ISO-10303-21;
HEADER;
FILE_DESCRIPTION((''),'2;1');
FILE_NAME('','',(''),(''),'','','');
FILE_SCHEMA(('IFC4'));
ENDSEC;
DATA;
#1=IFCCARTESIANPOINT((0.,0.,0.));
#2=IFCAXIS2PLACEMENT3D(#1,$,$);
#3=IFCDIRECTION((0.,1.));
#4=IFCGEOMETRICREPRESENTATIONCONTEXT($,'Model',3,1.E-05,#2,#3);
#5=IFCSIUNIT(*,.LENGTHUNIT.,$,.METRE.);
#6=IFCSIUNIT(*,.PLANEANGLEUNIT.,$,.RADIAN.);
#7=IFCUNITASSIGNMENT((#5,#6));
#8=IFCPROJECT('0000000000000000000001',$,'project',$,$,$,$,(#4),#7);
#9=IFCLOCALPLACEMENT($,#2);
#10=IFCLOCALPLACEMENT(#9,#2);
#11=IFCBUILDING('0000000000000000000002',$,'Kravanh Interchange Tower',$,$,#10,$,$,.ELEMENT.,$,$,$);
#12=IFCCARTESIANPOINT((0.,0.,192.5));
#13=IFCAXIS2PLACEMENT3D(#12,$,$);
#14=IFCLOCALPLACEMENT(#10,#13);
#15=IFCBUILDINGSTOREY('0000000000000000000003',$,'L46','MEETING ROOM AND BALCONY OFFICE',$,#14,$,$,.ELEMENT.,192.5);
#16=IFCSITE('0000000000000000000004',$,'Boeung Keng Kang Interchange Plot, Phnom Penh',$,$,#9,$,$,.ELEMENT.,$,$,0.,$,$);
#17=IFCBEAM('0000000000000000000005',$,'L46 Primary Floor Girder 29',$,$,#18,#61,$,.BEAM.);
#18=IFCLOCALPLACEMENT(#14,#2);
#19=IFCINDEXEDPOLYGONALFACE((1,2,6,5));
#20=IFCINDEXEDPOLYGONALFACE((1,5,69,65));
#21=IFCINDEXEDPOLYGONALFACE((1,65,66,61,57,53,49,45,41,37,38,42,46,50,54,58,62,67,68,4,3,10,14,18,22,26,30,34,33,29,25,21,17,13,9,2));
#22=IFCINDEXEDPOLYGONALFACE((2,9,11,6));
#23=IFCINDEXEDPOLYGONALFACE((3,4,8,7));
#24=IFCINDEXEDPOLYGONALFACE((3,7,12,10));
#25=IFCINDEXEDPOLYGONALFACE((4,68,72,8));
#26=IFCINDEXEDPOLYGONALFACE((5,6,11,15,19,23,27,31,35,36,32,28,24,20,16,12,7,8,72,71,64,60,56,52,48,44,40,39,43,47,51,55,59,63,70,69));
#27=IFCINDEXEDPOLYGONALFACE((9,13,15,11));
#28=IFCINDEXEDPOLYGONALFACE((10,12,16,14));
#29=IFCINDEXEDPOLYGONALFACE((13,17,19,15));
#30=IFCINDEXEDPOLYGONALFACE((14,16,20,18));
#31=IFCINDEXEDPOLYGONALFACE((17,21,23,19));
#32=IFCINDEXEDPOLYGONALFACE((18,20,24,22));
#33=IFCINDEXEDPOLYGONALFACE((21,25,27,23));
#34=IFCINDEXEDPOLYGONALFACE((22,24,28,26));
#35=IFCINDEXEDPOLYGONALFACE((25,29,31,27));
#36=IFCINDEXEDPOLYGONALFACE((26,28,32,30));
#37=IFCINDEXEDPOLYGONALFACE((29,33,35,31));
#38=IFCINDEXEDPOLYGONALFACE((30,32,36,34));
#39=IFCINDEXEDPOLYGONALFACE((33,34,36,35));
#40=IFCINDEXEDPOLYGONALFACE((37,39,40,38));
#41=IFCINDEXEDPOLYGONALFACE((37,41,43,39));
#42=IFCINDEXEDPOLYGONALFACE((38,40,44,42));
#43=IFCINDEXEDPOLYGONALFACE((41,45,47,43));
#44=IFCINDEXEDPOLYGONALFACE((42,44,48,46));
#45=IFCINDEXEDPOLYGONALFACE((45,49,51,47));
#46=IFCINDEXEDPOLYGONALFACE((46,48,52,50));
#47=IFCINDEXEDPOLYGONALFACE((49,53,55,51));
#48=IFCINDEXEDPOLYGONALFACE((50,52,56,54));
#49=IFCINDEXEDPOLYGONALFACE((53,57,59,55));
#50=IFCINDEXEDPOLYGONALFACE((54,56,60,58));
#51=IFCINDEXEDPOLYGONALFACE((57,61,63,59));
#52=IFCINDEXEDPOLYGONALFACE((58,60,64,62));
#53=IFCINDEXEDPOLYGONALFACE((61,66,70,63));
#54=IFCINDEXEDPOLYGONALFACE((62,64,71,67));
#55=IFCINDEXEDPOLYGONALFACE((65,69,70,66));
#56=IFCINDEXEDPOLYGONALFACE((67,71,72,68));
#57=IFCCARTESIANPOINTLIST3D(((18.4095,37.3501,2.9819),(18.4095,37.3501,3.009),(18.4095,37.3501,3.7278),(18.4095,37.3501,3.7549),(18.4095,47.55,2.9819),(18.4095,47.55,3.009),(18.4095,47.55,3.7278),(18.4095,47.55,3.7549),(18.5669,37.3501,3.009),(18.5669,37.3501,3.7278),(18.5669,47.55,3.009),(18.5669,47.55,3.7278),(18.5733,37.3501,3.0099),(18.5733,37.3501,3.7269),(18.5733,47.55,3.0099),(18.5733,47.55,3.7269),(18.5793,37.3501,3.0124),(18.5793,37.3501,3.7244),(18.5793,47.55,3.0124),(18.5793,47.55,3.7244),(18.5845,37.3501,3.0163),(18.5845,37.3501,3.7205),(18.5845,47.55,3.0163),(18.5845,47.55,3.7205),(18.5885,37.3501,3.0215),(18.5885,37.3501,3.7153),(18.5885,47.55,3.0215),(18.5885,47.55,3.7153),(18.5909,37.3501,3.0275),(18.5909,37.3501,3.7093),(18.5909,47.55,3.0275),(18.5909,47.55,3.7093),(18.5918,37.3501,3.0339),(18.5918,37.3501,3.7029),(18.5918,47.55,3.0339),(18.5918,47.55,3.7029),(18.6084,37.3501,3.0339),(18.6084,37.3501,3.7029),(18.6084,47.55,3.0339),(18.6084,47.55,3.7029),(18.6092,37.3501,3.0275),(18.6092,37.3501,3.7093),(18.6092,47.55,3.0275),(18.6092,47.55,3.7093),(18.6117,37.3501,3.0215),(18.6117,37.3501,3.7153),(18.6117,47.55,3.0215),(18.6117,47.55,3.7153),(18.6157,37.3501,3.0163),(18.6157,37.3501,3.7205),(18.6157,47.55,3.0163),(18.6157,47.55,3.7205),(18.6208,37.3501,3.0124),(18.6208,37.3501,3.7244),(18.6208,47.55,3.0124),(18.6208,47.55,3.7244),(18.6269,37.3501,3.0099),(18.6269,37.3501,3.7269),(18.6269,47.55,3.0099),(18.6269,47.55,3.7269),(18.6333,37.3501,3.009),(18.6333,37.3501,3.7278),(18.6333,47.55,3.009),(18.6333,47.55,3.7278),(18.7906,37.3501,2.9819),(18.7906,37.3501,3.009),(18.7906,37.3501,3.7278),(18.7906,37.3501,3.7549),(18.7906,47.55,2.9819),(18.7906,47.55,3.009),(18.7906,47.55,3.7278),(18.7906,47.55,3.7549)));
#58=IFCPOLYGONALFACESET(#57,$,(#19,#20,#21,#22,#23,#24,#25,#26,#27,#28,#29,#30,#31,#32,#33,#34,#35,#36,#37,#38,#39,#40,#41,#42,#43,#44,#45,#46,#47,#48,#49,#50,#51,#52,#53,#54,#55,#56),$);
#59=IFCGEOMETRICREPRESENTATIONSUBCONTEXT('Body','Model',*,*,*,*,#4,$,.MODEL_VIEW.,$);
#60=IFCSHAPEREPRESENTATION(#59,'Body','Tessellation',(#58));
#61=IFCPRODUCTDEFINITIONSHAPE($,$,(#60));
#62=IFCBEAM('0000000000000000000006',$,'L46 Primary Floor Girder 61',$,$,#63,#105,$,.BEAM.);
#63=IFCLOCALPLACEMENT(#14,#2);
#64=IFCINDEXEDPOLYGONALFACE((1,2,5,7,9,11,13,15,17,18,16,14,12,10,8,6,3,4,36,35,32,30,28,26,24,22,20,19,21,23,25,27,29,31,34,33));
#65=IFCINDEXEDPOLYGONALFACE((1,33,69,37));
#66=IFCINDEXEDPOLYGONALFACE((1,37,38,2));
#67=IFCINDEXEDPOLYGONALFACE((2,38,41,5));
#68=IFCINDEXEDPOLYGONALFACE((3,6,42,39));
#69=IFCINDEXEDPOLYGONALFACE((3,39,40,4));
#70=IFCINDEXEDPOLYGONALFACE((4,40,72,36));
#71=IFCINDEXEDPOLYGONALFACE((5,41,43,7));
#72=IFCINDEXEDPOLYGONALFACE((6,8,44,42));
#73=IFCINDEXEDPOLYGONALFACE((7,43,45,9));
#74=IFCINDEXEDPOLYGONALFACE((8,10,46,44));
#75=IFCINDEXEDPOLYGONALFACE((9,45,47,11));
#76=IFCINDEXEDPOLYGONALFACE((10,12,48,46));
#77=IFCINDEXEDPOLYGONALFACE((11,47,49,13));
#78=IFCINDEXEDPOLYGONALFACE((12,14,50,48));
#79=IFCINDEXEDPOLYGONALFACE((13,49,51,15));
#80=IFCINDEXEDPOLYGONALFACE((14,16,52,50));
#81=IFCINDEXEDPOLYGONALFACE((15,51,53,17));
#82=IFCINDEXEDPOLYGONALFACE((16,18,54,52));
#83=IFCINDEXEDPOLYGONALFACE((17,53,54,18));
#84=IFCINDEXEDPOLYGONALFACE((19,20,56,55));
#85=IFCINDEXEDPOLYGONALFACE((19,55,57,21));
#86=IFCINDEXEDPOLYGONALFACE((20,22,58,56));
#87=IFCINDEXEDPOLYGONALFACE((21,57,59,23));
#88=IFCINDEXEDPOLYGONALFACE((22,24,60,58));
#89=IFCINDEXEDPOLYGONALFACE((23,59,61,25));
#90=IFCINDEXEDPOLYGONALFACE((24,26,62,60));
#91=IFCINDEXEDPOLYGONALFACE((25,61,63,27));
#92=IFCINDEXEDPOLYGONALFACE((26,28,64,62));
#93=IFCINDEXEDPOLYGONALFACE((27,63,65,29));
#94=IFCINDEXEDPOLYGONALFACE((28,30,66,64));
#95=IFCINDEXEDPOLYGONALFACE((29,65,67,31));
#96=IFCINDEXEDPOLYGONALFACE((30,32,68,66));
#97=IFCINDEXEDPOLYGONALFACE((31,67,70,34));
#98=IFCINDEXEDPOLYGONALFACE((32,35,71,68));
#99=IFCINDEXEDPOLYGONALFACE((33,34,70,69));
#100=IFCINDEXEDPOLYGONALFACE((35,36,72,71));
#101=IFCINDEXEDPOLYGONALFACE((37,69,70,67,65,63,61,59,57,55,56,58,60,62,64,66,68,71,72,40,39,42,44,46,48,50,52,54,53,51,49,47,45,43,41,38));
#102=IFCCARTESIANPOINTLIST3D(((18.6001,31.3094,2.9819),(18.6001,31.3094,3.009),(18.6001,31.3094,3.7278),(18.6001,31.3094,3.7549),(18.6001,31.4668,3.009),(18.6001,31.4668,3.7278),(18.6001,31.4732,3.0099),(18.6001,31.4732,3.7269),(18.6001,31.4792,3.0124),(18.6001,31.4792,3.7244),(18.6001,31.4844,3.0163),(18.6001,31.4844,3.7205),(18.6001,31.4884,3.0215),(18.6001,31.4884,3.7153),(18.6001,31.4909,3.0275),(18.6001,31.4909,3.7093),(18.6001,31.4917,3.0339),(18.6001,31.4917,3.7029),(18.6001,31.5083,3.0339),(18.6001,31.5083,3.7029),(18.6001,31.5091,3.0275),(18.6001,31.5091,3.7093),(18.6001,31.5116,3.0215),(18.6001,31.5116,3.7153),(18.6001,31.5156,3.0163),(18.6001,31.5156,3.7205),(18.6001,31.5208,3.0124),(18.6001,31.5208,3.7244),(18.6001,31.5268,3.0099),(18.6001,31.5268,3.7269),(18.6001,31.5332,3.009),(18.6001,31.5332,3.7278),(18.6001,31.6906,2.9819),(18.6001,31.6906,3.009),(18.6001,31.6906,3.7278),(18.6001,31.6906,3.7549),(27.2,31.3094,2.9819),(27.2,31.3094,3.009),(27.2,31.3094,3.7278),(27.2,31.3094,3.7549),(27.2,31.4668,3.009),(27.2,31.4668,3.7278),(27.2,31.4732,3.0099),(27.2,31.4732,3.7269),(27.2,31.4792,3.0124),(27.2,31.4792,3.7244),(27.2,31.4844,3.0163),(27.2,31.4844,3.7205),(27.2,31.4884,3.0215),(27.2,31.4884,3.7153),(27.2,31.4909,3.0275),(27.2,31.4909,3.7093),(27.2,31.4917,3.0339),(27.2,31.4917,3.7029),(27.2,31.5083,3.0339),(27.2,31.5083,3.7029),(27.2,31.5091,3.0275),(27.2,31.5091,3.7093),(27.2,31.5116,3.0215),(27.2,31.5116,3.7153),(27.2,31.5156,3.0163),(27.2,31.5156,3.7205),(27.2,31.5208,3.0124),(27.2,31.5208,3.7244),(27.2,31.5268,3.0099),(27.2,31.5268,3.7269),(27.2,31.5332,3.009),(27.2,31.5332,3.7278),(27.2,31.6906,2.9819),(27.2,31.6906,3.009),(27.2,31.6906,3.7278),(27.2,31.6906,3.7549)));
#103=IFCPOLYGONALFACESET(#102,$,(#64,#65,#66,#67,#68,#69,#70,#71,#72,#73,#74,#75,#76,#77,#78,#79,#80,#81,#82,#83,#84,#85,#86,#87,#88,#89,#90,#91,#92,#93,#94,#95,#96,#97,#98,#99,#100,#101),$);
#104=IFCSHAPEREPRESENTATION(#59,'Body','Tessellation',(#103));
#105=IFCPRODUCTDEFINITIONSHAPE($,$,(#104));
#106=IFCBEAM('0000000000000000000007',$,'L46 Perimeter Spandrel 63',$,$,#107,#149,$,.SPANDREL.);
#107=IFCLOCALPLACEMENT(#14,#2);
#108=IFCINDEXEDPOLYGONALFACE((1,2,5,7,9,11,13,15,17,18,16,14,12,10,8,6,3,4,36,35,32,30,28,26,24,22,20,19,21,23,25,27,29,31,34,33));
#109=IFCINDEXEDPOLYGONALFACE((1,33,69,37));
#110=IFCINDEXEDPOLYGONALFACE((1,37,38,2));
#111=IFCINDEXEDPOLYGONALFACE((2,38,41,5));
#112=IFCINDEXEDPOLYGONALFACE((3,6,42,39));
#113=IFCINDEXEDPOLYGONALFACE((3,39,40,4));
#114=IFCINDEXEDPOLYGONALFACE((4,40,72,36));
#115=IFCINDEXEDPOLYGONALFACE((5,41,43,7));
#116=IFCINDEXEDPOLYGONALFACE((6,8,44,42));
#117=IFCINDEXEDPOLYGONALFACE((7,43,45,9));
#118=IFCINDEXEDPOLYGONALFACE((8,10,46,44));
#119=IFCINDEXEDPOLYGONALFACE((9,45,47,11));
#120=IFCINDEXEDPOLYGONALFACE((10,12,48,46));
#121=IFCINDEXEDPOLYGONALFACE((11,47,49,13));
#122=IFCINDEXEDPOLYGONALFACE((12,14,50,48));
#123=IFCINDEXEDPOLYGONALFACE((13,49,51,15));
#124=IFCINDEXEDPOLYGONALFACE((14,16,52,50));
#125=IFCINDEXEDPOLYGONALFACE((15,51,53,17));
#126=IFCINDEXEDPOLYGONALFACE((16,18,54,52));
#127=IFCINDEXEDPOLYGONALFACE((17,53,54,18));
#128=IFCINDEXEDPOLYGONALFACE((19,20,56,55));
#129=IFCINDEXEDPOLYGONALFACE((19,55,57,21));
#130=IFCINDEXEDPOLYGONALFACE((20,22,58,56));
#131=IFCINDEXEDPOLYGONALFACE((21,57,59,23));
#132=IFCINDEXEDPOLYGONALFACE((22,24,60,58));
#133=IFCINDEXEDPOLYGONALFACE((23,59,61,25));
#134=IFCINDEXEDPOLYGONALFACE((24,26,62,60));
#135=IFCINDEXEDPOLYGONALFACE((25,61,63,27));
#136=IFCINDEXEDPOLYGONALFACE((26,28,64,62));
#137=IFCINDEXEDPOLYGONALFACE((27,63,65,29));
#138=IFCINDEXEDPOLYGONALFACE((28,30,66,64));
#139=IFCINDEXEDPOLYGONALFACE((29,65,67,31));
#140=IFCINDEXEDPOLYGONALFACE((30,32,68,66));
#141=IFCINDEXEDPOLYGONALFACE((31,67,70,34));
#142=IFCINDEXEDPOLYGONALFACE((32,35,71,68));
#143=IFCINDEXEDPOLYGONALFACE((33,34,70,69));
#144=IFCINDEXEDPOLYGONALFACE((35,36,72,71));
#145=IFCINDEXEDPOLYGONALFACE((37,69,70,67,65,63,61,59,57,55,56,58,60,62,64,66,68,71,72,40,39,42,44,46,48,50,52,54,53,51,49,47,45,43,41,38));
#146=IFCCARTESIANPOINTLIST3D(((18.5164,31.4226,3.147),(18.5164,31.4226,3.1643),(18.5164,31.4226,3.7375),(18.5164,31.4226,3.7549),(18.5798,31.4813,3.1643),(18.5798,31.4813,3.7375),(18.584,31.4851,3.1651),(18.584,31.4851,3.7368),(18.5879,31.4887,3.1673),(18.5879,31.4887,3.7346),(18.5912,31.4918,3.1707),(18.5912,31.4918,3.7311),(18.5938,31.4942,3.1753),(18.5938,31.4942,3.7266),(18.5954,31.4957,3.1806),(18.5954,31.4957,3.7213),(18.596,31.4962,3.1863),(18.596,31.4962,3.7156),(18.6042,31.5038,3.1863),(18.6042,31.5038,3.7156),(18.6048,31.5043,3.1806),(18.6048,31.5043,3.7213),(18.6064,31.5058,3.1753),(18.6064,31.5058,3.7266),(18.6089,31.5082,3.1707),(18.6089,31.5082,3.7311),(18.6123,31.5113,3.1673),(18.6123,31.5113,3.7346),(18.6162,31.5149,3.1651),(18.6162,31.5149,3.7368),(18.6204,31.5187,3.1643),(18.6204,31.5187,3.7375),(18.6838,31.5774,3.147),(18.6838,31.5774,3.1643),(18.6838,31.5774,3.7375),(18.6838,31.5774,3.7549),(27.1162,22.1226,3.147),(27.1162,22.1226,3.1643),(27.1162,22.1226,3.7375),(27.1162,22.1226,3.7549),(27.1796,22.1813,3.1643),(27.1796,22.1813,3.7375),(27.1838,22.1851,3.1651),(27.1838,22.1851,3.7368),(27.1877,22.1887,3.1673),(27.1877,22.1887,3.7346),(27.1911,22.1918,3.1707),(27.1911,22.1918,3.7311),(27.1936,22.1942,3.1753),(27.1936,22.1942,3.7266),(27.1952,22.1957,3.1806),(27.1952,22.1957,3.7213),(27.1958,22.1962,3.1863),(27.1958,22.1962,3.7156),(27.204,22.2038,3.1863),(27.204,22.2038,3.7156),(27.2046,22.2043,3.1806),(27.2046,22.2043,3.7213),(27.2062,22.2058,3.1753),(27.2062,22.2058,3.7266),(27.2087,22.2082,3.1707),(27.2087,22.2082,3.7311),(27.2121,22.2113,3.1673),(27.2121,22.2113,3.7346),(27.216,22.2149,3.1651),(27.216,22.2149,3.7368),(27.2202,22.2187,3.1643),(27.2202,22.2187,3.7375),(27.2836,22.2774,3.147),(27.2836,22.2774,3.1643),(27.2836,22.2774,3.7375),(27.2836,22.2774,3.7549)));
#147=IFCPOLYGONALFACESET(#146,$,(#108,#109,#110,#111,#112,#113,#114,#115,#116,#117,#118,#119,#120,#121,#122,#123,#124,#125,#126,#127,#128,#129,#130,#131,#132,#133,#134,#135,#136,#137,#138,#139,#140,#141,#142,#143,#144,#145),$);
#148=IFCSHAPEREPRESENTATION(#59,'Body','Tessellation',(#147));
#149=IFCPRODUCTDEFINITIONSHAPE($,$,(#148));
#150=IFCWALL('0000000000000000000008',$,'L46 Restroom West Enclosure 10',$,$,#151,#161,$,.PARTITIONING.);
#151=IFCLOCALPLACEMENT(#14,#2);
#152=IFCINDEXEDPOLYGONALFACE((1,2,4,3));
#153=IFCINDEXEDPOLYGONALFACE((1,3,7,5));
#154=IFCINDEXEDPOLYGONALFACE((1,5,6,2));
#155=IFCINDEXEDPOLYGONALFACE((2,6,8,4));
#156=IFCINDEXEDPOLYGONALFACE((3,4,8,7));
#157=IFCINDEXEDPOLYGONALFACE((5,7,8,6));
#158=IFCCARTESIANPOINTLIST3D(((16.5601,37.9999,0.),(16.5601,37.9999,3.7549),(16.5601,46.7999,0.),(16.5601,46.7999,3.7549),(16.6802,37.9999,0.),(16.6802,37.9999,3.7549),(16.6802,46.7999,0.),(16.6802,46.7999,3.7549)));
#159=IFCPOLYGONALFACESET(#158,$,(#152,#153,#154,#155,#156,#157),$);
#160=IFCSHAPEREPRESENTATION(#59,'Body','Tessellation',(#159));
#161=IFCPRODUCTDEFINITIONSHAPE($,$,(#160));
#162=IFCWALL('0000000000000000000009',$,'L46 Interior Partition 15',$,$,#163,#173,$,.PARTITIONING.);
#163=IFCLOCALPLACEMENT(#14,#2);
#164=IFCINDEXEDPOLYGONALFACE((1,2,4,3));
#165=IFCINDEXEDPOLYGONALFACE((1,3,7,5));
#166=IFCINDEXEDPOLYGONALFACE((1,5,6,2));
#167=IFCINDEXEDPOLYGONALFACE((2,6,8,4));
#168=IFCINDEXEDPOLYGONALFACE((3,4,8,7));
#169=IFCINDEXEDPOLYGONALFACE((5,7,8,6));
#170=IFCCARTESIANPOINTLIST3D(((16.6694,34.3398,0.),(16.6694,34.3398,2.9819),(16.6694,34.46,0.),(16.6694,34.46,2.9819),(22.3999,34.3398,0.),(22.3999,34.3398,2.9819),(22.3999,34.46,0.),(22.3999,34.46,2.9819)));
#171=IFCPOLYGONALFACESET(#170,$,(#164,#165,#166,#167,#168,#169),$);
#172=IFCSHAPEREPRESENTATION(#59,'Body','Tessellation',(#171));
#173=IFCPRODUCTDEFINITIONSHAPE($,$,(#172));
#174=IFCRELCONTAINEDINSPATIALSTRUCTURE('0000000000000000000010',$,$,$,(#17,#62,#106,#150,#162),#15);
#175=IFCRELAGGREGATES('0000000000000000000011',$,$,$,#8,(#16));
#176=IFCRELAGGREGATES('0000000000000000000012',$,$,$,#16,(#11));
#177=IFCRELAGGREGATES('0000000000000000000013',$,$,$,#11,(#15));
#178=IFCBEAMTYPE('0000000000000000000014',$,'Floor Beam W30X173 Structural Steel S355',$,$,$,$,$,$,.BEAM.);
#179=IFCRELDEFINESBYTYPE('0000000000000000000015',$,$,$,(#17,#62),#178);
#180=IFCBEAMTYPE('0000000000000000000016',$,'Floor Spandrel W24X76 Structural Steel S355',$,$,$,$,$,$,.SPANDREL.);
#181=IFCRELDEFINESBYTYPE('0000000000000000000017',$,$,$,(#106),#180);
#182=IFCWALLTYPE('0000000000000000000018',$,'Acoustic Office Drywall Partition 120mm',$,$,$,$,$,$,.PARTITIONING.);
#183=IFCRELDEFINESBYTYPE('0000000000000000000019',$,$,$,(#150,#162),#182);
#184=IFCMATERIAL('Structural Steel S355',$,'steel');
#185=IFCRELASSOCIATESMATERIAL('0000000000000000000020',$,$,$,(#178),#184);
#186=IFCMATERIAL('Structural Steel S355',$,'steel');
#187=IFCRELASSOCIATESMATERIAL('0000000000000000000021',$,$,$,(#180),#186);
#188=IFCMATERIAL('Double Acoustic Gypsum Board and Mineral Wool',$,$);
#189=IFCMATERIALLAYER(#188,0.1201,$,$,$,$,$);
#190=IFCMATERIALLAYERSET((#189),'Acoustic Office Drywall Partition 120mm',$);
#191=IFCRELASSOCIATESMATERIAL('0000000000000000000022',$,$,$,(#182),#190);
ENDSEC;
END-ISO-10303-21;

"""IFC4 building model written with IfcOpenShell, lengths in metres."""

from ifc_helpers import new_model, si_unit, direction, frame, frame_2d, origin, origin_2d, place, context, subcontext, project, spatial, rectangle, i_section, extrude, material, layer, layer_set, material_profile, profile_set, type_object, element, save


model = new_model("IFC4")

# Units and contexts
model_context = context("Model", 3, precision=1e-05, world=origin(), true_north=direction((0.0, 1.0)))
body_context = subcontext(model_context, "Body", "Model", "MODEL_VIEW")
ifc_project = project(units=[si_unit("LENGTHUNIT", "METRE"), si_unit("PLANEANGLEUNIT", "RADIAN")], contexts=[model_context])

# Site, building, storey
site_placement = place(None, origin())
site = spatial("IfcSite", under=ifc_project, at=site_placement, Name="Boeung Keng Kang Interchange Plot, Phnom Penh", CompositionType="ELEMENT", RefElevation=0.0)
building_placement = place(site_placement, origin())
building = spatial("IfcBuilding", under=site, at=building_placement, Name="Kravanh Interchange Tower", CompositionType="ELEMENT")
storey_placement = place(building_placement, frame((0.0, 0.0, 192.5)))
storey = spatial("IfcBuildingStorey", under=building, at=storey_placement, Name="L46", Description="MEETING ROOM AND BALCONY OFFICE", CompositionType="ELEMENT", Elevation=192.5)

# Beams
ifc_material_1 = material(Name="Structural Steel S355", Category="steel")
ifc_material_profile_1 = material_profile(ifc_material_1, i_section(OverallWidth=0.3811, OverallDepth=0.7729, WebThickness=0.0166, FlangeThickness=0.0271, FilletRadius=0.0249, at=origin_2d()), Name="W30X173")
ifc_profile_set_1 = profile_set([ifc_material_profile_1], Name="Structural Steel S355")
beam_type_1 = type_object("IfcBeamType", Name="Floor Beam W30X173 Structural Steel S355", PredefinedType="BEAM", material=ifc_profile_set_1)
beam_1_placement = place(storey_placement, frame((18.6001, 37.3501, 3.3684), z_axis=(0.0, 1.0, 0.0), x_axis=(-1.0, 0.0, 0.0)))
element("IfcBeam", 1, at=beam_1_placement, inside=storey, type_object=beam_type_1, Name="L46 Primary Floor Girder 29", PredefinedType="BEAM", context=body_context, shape_type="SweptSolid", body=[
    extrude(i_section(OverallWidth=0.3811, OverallDepth=0.7729, WebThickness=0.0166, FlangeThickness=0.0271, FilletRadius=0.0249, at=origin_2d()), origin(), (0.0, 0.0, 1.0), 10.2),
])
beam_2_placement = place(storey_placement, frame((18.6001, 31.5, 3.3684), z_axis=(1.0, 0.0, 0.0), x_axis=(0.0, 1.0, 0.0)))
element("IfcBeam", 2, at=beam_2_placement, inside=storey, type_object=beam_type_1, Name="L46 Primary Floor Girder 61", PredefinedType="BEAM", context=body_context, shape_type="SweptSolid", body=[
    extrude(i_section(OverallWidth=0.3811, OverallDepth=0.7729, WebThickness=0.0166, FlangeThickness=0.0271, FilletRadius=0.0249, at=origin_2d()), origin(), (0.0, 0.0, 1.0), 8.5999),
])
ifc_material_2 = material(Name="Structural Steel S355", Category="steel")
ifc_material_profile_2 = material_profile(ifc_material_2, i_section(OverallWidth=0.228, OverallDepth=0.6079, WebThickness=0.0112, FlangeThickness=0.0173, FilletRadius=0.022, at=origin_2d()), Name="W24X76")
ifc_profile_set_2 = profile_set([ifc_material_profile_2], Name="Structural Steel S355")
beam_type_2 = type_object("IfcBeamType", Name="Floor Spandrel W24X76 Structural Steel S355", PredefinedType="SPANDREL", material=ifc_profile_set_2)
beam_3_placement = place(storey_placement, frame((18.6001, 31.5, 3.4509), z_axis=(0.678927, -0.734205, 0.0), x_axis=(0.734205, 0.678927, 0.0)))
element("IfcBeam", 3, at=beam_3_placement, inside=storey, type_object=beam_type_2, Name="L46 Perimeter Spandrel 63", PredefinedType="SPANDREL", context=body_context, shape_type="SweptSolid", body=[
    extrude(i_section(OverallWidth=0.228, OverallDepth=0.6079, WebThickness=0.0112, FlangeThickness=0.0173, FilletRadius=0.022, at=origin_2d()), origin(), (0.0, 0.0, 1.0), 12.6667),
])

# Shared definitions
ifc_material_3 = material(Name="Double Acoustic Gypsum Board and Mineral Wool")
ifc_layer_1 = layer(ifc_material_3, 0.1201)
ifc_layer_set_1 = layer_set([ifc_layer_1], Name="Acoustic Office Drywall Partition 120mm")
wall_type_1 = type_object("IfcWallType", Name="Acoustic Office Drywall Partition 120mm", PredefinedType="PARTITIONING", material=ifc_layer_set_1)

# Walls
wall_1_placement = place(storey_placement, frame((16.6201, 38.0, 0.0), z_axis=(0.0, 0.0, 1.0), x_axis=(0.0, 1.0, 0.0)))
element("IfcWall", 4, at=wall_1_placement, inside=storey, type_object=wall_type_1, Name="L46 Restroom West Enclosure 10", PredefinedType="PARTITIONING", context=body_context, shape_type="SweptSolid", body=[
    extrude(rectangle(XDim=8.8, YDim=0.1201, at=frame_2d((4.3999, 0.0))), origin(), (0.0, 0.0, 1.0), 3.7549),
])
wall_2_placement = place(storey_placement, frame((16.6694, 34.3999, 0.0), z_axis=(0.0, 0.0, 1.0), x_axis=(1.0, 0.0, 0.0)))
element("IfcWall", 5, at=wall_2_placement, inside=storey, type_object=wall_type_1, Name="L46 Interior Partition 15", PredefinedType="PARTITIONING", context=body_context, shape_type="SweptSolid", body=[
    extrude(rectangle(XDim=5.7305, YDim=0.1201, at=frame_2d((2.8652, 0.0))), origin(), (0.0, 0.0, 1.0), 2.9819),
])

save(model, "model.ifc")
